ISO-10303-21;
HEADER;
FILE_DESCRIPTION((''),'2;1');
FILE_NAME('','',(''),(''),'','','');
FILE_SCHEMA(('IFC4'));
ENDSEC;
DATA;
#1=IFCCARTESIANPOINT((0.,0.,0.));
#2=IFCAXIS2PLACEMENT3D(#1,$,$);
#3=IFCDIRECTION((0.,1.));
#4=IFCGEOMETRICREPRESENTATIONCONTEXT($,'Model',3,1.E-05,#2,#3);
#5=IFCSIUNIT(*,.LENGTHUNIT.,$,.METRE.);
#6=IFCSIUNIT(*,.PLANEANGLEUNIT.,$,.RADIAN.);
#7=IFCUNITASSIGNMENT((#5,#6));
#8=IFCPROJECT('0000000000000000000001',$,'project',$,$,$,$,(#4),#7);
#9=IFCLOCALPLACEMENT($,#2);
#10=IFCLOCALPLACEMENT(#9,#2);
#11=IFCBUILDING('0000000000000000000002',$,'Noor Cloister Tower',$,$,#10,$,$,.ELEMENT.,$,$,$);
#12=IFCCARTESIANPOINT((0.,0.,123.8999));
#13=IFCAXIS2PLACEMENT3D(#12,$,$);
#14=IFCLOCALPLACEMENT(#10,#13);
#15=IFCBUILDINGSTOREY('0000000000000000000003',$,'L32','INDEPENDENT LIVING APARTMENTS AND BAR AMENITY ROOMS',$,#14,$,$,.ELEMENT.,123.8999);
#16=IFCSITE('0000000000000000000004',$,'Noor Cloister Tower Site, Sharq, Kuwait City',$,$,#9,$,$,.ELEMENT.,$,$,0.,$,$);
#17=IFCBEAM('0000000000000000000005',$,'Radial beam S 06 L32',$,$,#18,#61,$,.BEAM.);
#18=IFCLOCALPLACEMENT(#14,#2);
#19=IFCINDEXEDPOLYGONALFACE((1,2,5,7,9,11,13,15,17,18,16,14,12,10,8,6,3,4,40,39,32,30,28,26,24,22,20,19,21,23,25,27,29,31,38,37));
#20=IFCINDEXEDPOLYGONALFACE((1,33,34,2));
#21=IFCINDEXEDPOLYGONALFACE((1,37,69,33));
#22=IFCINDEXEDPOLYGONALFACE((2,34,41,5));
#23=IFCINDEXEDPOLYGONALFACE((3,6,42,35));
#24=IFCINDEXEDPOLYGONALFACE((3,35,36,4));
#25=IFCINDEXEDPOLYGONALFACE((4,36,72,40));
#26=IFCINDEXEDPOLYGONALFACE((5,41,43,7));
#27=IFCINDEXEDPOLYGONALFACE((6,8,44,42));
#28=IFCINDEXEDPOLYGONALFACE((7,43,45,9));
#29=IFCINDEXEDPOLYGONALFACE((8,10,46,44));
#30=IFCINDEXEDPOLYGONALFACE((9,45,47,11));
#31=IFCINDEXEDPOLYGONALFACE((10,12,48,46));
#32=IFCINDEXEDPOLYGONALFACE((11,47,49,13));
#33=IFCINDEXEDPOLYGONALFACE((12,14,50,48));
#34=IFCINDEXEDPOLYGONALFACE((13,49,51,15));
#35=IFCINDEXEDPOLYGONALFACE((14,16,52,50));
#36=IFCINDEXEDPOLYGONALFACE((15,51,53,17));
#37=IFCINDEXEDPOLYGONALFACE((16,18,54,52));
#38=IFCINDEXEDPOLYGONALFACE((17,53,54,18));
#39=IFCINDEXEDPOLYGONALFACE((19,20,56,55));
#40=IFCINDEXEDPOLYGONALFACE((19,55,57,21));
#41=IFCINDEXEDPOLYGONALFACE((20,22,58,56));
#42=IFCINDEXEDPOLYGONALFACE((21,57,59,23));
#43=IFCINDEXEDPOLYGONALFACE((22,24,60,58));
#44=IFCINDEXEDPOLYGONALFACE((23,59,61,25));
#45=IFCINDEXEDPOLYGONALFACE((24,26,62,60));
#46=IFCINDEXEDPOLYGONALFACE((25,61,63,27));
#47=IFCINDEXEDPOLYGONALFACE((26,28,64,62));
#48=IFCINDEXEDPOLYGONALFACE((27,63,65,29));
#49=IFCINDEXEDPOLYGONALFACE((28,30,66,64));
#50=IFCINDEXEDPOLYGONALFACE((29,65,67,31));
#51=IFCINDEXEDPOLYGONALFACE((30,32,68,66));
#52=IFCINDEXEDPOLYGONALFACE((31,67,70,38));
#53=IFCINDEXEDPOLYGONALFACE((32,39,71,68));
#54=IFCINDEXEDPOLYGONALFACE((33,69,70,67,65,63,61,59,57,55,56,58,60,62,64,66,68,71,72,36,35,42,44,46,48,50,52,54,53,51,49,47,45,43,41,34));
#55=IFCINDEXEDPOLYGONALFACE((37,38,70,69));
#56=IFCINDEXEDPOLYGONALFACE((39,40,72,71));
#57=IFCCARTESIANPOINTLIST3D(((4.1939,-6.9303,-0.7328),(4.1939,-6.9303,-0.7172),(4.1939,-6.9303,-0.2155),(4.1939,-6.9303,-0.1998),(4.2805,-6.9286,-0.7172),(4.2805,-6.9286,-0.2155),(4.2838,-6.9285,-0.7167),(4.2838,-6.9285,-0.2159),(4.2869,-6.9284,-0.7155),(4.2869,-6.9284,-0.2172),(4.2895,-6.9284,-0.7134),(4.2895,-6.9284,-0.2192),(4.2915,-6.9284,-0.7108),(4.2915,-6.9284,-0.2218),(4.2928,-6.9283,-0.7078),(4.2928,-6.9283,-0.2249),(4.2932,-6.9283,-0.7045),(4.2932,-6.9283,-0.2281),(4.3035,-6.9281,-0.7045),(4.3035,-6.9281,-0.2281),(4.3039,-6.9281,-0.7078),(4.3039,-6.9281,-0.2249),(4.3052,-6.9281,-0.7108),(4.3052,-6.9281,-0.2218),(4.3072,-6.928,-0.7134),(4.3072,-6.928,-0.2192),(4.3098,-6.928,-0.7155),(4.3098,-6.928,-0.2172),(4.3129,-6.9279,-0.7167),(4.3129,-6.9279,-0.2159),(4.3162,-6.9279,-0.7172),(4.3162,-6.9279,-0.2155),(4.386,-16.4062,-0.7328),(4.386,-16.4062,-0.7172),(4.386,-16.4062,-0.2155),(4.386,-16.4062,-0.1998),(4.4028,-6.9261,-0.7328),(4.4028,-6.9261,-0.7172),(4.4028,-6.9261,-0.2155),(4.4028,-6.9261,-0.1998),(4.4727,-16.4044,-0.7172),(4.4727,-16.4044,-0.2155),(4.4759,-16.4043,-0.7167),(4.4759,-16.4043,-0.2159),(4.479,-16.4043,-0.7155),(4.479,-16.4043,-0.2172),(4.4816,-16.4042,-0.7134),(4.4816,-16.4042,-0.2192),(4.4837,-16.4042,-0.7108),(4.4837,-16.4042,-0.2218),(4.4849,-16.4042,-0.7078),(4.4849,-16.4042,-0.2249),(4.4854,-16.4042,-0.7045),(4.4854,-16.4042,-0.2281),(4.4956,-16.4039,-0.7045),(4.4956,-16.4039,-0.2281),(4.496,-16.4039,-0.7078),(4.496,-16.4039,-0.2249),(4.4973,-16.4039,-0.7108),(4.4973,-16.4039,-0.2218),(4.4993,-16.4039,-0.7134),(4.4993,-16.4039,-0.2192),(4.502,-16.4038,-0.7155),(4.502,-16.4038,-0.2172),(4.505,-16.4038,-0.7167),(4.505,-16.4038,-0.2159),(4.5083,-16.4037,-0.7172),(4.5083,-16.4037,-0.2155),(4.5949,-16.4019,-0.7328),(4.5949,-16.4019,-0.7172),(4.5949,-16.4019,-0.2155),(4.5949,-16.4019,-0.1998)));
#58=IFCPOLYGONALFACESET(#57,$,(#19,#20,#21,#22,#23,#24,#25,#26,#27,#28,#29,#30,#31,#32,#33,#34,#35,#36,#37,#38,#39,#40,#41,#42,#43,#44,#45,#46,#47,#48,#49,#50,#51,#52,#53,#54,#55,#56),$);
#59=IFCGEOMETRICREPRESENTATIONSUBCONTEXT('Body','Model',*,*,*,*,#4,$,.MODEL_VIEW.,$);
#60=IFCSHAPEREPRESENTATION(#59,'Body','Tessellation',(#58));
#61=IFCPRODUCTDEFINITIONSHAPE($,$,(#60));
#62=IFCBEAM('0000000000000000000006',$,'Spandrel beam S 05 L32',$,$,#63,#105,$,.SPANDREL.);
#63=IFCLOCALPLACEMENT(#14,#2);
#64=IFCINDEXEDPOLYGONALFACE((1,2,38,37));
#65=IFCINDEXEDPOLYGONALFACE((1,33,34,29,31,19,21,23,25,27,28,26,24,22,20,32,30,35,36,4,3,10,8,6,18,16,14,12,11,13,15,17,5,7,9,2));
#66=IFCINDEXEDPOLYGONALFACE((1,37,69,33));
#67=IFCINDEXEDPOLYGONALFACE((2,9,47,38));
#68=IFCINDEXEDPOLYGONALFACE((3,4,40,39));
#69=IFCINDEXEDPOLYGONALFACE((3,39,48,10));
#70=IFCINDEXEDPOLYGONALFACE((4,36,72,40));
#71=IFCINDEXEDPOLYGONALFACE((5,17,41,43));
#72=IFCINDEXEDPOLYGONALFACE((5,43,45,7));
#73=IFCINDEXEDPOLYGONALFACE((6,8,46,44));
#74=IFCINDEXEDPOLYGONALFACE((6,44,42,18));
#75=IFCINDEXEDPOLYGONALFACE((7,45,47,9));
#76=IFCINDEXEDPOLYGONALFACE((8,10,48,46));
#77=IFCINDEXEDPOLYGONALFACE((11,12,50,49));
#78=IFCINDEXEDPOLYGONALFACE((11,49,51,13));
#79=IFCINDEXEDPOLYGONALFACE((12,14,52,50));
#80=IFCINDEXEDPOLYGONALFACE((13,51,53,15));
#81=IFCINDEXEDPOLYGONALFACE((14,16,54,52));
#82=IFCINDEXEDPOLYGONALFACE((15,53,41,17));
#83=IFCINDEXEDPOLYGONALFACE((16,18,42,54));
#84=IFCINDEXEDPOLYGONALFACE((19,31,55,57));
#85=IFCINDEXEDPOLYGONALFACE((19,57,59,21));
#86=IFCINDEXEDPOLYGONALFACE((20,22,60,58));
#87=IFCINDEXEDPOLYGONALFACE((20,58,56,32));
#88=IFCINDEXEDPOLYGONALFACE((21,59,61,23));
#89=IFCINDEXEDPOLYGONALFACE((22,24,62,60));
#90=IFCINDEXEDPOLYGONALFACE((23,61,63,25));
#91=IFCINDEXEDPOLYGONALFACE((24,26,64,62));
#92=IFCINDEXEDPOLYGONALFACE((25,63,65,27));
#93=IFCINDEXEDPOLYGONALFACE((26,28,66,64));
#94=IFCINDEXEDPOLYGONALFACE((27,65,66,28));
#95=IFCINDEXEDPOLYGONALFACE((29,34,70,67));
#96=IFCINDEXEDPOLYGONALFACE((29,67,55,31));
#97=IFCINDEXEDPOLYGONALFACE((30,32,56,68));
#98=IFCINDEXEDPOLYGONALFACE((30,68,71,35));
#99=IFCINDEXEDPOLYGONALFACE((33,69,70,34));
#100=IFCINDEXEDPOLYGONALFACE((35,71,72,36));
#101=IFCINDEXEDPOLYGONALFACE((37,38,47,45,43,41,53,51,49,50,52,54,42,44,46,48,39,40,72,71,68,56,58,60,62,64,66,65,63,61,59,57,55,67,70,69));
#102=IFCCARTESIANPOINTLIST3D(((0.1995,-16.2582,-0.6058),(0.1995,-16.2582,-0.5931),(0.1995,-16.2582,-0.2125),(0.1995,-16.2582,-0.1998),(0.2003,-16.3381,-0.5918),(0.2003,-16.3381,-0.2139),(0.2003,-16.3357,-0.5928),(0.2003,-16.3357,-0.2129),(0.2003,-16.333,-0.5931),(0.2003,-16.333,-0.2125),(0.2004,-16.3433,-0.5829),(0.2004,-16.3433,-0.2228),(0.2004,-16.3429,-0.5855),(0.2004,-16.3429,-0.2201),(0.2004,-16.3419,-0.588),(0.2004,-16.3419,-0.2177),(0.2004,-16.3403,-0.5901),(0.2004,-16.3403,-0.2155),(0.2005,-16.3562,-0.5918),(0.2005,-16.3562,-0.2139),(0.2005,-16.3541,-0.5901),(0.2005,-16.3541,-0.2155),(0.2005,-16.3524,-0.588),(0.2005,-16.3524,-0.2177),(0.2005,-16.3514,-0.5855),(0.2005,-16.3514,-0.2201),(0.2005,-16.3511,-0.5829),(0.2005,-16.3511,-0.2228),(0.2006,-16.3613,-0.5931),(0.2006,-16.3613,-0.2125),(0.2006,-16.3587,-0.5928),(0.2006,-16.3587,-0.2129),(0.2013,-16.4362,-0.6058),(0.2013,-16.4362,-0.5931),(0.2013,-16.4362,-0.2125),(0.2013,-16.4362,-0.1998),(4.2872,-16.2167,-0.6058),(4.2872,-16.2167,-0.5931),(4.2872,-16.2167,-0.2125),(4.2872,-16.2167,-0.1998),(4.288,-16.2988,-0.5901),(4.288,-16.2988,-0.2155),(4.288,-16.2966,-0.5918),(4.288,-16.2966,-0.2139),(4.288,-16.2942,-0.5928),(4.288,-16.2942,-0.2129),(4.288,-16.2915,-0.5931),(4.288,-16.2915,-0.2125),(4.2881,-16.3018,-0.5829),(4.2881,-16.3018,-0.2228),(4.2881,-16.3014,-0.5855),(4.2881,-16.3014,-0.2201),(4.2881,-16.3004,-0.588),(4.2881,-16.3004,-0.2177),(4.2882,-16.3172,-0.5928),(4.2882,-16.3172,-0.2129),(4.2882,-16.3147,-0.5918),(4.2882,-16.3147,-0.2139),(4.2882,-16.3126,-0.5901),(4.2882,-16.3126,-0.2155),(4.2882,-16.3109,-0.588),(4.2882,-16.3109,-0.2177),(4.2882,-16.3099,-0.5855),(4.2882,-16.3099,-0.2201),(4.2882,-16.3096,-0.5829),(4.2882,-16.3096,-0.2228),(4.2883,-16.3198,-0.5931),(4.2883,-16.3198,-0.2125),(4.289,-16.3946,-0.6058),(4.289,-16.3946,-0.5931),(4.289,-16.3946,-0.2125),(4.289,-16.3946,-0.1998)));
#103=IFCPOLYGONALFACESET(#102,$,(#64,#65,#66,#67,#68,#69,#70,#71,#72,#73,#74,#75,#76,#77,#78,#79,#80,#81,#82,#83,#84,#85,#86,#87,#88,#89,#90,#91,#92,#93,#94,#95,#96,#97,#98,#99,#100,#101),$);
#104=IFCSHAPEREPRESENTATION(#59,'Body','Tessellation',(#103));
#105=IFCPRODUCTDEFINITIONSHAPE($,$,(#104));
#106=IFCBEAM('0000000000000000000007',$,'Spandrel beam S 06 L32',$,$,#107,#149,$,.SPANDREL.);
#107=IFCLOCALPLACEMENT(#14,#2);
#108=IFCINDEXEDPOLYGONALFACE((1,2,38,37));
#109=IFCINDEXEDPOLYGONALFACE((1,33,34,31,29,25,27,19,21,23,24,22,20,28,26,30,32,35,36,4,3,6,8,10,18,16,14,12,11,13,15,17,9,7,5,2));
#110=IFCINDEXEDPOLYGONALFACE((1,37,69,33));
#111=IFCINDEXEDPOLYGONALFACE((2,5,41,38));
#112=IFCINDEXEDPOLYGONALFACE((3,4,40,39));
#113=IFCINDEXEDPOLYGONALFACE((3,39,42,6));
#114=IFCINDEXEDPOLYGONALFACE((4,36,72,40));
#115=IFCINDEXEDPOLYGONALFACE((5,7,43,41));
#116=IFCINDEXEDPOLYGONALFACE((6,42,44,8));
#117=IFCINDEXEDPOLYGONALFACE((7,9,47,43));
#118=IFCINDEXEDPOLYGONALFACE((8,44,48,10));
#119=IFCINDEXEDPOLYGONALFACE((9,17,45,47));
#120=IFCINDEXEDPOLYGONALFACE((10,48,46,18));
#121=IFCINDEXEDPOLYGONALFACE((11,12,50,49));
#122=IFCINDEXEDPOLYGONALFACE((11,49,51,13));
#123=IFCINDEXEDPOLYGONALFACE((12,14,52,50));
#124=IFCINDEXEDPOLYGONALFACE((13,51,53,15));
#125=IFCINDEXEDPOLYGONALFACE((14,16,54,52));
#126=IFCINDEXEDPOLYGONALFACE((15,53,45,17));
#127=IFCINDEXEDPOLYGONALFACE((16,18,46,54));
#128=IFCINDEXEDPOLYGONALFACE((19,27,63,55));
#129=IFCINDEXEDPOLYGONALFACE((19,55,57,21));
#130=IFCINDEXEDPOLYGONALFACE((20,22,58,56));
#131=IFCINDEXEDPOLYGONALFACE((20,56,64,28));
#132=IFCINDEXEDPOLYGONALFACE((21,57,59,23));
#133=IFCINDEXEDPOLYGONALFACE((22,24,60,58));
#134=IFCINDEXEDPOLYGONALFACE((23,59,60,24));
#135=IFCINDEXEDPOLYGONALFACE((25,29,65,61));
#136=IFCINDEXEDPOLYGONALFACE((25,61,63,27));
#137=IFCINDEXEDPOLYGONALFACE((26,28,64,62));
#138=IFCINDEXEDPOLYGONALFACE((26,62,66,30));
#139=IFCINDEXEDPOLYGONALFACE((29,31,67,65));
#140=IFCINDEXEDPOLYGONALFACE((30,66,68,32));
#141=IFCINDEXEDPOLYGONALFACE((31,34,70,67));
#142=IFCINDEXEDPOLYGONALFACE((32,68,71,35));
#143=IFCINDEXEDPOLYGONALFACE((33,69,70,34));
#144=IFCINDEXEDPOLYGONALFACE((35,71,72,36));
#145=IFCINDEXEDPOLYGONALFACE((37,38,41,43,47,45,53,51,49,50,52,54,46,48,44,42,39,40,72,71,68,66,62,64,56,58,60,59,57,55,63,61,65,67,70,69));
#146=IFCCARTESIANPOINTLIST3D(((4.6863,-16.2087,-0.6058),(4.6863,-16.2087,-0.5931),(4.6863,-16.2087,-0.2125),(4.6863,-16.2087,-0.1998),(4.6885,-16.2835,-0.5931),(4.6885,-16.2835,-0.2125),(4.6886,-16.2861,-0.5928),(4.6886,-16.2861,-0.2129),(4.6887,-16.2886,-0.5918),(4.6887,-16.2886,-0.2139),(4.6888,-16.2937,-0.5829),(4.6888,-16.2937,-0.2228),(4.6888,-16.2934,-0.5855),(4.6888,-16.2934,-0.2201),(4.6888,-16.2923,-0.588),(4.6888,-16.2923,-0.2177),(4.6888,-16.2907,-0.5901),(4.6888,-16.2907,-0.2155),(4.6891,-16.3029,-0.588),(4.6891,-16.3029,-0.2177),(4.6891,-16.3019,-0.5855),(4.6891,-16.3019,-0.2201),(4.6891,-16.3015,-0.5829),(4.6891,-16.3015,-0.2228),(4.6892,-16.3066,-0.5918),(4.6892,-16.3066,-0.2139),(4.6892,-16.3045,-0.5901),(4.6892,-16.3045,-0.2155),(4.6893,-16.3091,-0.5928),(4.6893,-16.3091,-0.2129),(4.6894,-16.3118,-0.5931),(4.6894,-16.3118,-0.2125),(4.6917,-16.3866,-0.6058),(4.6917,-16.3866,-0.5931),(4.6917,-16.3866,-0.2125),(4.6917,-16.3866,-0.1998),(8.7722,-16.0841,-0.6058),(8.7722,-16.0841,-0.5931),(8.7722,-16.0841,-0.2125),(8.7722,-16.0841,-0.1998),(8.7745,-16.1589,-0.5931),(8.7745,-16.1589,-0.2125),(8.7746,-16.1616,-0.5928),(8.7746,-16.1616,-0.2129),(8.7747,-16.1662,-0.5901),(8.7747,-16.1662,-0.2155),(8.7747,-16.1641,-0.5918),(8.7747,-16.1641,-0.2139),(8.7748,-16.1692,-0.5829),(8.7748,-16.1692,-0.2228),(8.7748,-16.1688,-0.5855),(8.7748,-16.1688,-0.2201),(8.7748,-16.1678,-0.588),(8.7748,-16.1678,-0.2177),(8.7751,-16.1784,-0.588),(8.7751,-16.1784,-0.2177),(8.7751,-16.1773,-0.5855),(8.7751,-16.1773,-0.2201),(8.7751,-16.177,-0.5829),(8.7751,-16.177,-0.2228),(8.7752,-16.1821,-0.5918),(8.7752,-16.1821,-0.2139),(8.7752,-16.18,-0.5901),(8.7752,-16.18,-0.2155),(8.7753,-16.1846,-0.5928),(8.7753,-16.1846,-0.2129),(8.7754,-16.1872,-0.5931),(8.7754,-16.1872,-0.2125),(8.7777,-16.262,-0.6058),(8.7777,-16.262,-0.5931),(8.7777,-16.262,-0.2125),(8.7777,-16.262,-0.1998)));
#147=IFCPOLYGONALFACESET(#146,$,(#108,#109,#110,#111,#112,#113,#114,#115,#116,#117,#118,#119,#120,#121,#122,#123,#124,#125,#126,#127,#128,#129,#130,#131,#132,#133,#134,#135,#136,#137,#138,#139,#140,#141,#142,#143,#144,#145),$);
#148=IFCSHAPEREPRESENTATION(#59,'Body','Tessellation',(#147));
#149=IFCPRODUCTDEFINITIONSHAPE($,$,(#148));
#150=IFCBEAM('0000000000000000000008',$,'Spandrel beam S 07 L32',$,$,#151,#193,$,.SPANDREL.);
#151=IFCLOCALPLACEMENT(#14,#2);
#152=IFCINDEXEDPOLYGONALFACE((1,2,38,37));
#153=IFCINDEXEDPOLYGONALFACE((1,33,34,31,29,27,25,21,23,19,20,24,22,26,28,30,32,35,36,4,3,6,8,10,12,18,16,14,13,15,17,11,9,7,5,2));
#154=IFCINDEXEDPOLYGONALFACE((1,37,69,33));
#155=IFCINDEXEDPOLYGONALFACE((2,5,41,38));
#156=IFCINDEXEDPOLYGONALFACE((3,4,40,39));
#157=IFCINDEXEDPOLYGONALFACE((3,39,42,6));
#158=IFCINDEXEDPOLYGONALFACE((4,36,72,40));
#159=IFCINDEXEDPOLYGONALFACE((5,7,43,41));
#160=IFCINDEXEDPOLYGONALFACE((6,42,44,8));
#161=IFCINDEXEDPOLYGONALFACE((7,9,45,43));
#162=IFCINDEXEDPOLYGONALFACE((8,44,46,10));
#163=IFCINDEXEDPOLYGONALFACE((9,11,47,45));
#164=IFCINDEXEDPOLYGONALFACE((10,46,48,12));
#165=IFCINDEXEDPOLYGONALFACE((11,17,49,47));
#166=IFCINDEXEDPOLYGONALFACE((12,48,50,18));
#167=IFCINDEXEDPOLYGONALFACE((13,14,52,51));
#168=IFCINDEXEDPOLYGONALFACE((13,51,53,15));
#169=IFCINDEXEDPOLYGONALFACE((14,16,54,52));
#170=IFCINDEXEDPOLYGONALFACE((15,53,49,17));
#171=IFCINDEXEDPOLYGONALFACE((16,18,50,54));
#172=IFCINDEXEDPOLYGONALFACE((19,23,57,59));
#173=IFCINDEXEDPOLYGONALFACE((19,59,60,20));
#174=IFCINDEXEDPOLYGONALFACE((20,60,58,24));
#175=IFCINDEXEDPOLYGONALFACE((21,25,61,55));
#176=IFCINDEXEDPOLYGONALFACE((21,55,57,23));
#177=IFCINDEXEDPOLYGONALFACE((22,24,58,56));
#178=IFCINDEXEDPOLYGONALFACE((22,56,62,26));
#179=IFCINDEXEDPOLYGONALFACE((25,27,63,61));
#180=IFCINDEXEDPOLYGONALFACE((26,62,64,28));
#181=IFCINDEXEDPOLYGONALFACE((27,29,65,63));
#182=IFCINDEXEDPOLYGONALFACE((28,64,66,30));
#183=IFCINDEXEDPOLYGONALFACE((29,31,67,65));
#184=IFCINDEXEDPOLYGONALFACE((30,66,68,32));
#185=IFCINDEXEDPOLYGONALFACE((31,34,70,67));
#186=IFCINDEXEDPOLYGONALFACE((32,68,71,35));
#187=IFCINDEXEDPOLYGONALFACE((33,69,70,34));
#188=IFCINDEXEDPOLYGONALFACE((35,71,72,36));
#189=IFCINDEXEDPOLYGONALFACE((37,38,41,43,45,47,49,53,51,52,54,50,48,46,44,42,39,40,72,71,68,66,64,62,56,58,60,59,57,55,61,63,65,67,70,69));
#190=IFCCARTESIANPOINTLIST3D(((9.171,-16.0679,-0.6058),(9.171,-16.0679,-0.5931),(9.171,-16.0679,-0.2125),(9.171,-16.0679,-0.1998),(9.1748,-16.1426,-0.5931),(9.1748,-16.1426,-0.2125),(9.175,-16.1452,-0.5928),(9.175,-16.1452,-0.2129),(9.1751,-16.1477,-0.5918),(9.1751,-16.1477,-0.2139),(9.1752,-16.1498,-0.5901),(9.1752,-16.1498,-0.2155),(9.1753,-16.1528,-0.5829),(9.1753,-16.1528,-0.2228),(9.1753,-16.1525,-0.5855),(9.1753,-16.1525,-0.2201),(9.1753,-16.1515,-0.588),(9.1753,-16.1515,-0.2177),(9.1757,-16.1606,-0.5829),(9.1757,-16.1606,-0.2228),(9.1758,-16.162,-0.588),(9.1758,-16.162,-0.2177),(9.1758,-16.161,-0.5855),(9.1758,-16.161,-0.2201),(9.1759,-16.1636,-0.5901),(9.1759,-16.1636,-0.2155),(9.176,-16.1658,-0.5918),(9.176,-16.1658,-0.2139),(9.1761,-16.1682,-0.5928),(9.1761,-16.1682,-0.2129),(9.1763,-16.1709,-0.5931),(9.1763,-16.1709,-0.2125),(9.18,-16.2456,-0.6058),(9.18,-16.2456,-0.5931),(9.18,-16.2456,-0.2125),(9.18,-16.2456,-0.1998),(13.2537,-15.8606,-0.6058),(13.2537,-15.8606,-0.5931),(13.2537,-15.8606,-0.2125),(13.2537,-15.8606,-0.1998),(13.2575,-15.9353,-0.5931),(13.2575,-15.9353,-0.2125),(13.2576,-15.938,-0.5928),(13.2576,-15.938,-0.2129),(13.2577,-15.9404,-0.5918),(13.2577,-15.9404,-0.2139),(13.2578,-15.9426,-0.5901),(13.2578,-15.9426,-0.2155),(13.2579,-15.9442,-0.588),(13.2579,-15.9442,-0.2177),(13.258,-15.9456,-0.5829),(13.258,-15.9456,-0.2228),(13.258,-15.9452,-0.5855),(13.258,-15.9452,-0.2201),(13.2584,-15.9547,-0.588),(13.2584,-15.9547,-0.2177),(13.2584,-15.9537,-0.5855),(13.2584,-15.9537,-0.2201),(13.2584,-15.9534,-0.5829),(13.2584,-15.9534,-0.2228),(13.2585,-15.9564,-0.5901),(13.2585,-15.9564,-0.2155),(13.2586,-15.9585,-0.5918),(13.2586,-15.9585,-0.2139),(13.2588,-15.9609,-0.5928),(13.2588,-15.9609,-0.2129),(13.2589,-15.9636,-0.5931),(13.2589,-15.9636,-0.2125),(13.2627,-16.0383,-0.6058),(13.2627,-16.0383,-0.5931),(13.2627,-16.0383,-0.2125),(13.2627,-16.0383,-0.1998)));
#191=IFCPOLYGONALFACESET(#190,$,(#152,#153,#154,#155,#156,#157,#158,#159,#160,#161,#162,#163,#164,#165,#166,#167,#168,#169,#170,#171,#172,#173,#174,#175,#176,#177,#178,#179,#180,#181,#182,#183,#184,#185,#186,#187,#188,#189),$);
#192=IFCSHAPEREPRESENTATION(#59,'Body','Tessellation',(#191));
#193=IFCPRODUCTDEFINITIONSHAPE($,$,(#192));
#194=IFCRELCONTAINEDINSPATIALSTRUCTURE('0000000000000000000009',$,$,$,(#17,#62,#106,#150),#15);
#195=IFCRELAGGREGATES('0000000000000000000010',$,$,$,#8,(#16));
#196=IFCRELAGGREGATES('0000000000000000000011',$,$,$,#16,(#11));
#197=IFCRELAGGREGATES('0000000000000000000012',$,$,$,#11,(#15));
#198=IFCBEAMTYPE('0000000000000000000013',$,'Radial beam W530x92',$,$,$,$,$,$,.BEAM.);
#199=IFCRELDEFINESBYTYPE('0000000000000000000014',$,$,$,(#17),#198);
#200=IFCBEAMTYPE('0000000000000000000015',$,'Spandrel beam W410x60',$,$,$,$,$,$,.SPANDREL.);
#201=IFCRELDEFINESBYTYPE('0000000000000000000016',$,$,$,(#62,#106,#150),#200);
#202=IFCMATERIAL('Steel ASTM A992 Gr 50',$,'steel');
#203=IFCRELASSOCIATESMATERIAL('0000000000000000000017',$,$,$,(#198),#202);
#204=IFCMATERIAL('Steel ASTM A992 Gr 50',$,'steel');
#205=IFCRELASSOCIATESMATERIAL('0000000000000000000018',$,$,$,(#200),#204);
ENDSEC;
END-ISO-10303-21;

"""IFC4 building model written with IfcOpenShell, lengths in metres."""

from ifc_helpers import new_model, si_unit, direction, frame, origin, origin_2d, place, context, subcontext, project, spatial, i_section, extrude, material, material_profile, profile_set, type_object, element, save


model = new_model("IFC4")

# Units and contexts
model_context = context("Model", 3, precision=1e-05, world=origin(), true_north=direction((0.0, 1.0)))
body_context = subcontext(model_context, "Body", "Model", "MODEL_VIEW")
ifc_project = project(units=[si_unit("LENGTHUNIT", "METRE"), si_unit("PLANEANGLEUNIT", "RADIAN")], contexts=[model_context])

# Site, building, storey
site_placement = place(None, origin())
site = spatial("IfcSite", under=ifc_project, at=site_placement, Name="Noor Cloister Tower Site, Sharq, Kuwait City", CompositionType="ELEMENT", RefElevation=0.0)
building_placement = place(site_placement, origin())
building = spatial("IfcBuilding", under=site, at=building_placement, Name="Noor Cloister Tower", CompositionType="ELEMENT")
storey_placement = place(building_placement, frame((0.0, 0.0, 123.8999)))
storey = spatial("IfcBuildingStorey", under=building, at=storey_placement, Name="L32", Description="INDEPENDENT LIVING APARTMENTS AND BAR AMENITY ROOMS", CompositionType="ELEMENT", Elevation=123.8999)

# Beams
ifc_material_1 = material(Name="Steel ASTM A992 Gr 50", Category="steel")
ifc_material_profile_1 = material_profile(ifc_material_1, i_section(OverallWidth=0.209, OverallDepth=0.533, WebThickness=0.0103, FlangeThickness=0.0156, FilletRadius=0.0127, at=origin_2d()), Name="W530x92")
ifc_profile_set_1 = profile_set([ifc_material_profile_1], Name="Steel ASTM A992 Gr 50")
beam_type_1 = type_object("IfcBeamType", Name="Radial beam W530x92", PredefinedType="BEAM", material=ifc_profile_set_1)
beam_1_placement = place(storey_placement, frame((4.4905, -16.4041, -0.4663), z_axis=(-0.020273, 0.999794, 0.0), x_axis=(-0.999794, -0.020273, 0.0)))
element("IfcBeam", 1, at=beam_1_placement, inside=storey, type_object=beam_type_1, Name="Radial beam S 06 L32", PredefinedType="BEAM", context=body_context, shape_type="SweptSolid", body=[
    extrude(i_section(OverallWidth=0.209, OverallDepth=0.533, WebThickness=0.0103, FlangeThickness=0.0156, FilletRadius=0.0127, at=origin_2d()), origin(), (0.0, 0.0, 1.0), 9.4778),
])
ifc_material_2 = material(Name="Steel ASTM A992 Gr 50", Category="steel")
ifc_material_profile_2 = material_profile(ifc_material_2, i_section(OverallWidth=0.178, OverallDepth=0.406, WebThickness=0.0078, FlangeThickness=0.0127, FilletRadius=0.0103, at=origin_2d()), Name="W410x60")
ifc_profile_set_2 = profile_set([ifc_material_profile_2], Name="Steel ASTM A992 Gr 50")
beam_type_2 = type_object("IfcBeamType", Name="Spandrel beam W410x60", PredefinedType="SPANDREL", material=ifc_profile_set_2)
for number, where, z_axis, x_axis, name in (
    (2, (0.2004, -16.3472, -0.4028), (0.999948, 0.010153, 0.0), (-0.010153, 0.999948, 0.0), "Spandrel beam S 05 L32"),
    (3, (4.689, -16.2976, -0.4028), (0.999536, 0.030459, 0.0), (-0.030459, 0.999536, 0.0), "Spandrel beam S 06 L32"),
    (4, (9.1755, -16.1567, -0.4028), (0.998714, 0.050706, 0.0), (-0.050706, 0.998714, 0.0), "Spandrel beam S 07 L32"),
):
    element("IfcBeam", number, at=place(storey_placement, frame(where, z_axis=z_axis, x_axis=x_axis)), inside=storey, type_object=beam_type_2, Name=name, PredefinedType="SPANDREL", context=body_context, shape_type="SweptSolid", body=[
        extrude(i_section(OverallWidth=0.178, OverallDepth=0.406, WebThickness=0.0078, FlangeThickness=0.0127, FilletRadius=0.0103, at=origin_2d()), origin(), (0.0, 0.0, 1.0), 4.0879),
    ])

save(model, "model.ifc")
